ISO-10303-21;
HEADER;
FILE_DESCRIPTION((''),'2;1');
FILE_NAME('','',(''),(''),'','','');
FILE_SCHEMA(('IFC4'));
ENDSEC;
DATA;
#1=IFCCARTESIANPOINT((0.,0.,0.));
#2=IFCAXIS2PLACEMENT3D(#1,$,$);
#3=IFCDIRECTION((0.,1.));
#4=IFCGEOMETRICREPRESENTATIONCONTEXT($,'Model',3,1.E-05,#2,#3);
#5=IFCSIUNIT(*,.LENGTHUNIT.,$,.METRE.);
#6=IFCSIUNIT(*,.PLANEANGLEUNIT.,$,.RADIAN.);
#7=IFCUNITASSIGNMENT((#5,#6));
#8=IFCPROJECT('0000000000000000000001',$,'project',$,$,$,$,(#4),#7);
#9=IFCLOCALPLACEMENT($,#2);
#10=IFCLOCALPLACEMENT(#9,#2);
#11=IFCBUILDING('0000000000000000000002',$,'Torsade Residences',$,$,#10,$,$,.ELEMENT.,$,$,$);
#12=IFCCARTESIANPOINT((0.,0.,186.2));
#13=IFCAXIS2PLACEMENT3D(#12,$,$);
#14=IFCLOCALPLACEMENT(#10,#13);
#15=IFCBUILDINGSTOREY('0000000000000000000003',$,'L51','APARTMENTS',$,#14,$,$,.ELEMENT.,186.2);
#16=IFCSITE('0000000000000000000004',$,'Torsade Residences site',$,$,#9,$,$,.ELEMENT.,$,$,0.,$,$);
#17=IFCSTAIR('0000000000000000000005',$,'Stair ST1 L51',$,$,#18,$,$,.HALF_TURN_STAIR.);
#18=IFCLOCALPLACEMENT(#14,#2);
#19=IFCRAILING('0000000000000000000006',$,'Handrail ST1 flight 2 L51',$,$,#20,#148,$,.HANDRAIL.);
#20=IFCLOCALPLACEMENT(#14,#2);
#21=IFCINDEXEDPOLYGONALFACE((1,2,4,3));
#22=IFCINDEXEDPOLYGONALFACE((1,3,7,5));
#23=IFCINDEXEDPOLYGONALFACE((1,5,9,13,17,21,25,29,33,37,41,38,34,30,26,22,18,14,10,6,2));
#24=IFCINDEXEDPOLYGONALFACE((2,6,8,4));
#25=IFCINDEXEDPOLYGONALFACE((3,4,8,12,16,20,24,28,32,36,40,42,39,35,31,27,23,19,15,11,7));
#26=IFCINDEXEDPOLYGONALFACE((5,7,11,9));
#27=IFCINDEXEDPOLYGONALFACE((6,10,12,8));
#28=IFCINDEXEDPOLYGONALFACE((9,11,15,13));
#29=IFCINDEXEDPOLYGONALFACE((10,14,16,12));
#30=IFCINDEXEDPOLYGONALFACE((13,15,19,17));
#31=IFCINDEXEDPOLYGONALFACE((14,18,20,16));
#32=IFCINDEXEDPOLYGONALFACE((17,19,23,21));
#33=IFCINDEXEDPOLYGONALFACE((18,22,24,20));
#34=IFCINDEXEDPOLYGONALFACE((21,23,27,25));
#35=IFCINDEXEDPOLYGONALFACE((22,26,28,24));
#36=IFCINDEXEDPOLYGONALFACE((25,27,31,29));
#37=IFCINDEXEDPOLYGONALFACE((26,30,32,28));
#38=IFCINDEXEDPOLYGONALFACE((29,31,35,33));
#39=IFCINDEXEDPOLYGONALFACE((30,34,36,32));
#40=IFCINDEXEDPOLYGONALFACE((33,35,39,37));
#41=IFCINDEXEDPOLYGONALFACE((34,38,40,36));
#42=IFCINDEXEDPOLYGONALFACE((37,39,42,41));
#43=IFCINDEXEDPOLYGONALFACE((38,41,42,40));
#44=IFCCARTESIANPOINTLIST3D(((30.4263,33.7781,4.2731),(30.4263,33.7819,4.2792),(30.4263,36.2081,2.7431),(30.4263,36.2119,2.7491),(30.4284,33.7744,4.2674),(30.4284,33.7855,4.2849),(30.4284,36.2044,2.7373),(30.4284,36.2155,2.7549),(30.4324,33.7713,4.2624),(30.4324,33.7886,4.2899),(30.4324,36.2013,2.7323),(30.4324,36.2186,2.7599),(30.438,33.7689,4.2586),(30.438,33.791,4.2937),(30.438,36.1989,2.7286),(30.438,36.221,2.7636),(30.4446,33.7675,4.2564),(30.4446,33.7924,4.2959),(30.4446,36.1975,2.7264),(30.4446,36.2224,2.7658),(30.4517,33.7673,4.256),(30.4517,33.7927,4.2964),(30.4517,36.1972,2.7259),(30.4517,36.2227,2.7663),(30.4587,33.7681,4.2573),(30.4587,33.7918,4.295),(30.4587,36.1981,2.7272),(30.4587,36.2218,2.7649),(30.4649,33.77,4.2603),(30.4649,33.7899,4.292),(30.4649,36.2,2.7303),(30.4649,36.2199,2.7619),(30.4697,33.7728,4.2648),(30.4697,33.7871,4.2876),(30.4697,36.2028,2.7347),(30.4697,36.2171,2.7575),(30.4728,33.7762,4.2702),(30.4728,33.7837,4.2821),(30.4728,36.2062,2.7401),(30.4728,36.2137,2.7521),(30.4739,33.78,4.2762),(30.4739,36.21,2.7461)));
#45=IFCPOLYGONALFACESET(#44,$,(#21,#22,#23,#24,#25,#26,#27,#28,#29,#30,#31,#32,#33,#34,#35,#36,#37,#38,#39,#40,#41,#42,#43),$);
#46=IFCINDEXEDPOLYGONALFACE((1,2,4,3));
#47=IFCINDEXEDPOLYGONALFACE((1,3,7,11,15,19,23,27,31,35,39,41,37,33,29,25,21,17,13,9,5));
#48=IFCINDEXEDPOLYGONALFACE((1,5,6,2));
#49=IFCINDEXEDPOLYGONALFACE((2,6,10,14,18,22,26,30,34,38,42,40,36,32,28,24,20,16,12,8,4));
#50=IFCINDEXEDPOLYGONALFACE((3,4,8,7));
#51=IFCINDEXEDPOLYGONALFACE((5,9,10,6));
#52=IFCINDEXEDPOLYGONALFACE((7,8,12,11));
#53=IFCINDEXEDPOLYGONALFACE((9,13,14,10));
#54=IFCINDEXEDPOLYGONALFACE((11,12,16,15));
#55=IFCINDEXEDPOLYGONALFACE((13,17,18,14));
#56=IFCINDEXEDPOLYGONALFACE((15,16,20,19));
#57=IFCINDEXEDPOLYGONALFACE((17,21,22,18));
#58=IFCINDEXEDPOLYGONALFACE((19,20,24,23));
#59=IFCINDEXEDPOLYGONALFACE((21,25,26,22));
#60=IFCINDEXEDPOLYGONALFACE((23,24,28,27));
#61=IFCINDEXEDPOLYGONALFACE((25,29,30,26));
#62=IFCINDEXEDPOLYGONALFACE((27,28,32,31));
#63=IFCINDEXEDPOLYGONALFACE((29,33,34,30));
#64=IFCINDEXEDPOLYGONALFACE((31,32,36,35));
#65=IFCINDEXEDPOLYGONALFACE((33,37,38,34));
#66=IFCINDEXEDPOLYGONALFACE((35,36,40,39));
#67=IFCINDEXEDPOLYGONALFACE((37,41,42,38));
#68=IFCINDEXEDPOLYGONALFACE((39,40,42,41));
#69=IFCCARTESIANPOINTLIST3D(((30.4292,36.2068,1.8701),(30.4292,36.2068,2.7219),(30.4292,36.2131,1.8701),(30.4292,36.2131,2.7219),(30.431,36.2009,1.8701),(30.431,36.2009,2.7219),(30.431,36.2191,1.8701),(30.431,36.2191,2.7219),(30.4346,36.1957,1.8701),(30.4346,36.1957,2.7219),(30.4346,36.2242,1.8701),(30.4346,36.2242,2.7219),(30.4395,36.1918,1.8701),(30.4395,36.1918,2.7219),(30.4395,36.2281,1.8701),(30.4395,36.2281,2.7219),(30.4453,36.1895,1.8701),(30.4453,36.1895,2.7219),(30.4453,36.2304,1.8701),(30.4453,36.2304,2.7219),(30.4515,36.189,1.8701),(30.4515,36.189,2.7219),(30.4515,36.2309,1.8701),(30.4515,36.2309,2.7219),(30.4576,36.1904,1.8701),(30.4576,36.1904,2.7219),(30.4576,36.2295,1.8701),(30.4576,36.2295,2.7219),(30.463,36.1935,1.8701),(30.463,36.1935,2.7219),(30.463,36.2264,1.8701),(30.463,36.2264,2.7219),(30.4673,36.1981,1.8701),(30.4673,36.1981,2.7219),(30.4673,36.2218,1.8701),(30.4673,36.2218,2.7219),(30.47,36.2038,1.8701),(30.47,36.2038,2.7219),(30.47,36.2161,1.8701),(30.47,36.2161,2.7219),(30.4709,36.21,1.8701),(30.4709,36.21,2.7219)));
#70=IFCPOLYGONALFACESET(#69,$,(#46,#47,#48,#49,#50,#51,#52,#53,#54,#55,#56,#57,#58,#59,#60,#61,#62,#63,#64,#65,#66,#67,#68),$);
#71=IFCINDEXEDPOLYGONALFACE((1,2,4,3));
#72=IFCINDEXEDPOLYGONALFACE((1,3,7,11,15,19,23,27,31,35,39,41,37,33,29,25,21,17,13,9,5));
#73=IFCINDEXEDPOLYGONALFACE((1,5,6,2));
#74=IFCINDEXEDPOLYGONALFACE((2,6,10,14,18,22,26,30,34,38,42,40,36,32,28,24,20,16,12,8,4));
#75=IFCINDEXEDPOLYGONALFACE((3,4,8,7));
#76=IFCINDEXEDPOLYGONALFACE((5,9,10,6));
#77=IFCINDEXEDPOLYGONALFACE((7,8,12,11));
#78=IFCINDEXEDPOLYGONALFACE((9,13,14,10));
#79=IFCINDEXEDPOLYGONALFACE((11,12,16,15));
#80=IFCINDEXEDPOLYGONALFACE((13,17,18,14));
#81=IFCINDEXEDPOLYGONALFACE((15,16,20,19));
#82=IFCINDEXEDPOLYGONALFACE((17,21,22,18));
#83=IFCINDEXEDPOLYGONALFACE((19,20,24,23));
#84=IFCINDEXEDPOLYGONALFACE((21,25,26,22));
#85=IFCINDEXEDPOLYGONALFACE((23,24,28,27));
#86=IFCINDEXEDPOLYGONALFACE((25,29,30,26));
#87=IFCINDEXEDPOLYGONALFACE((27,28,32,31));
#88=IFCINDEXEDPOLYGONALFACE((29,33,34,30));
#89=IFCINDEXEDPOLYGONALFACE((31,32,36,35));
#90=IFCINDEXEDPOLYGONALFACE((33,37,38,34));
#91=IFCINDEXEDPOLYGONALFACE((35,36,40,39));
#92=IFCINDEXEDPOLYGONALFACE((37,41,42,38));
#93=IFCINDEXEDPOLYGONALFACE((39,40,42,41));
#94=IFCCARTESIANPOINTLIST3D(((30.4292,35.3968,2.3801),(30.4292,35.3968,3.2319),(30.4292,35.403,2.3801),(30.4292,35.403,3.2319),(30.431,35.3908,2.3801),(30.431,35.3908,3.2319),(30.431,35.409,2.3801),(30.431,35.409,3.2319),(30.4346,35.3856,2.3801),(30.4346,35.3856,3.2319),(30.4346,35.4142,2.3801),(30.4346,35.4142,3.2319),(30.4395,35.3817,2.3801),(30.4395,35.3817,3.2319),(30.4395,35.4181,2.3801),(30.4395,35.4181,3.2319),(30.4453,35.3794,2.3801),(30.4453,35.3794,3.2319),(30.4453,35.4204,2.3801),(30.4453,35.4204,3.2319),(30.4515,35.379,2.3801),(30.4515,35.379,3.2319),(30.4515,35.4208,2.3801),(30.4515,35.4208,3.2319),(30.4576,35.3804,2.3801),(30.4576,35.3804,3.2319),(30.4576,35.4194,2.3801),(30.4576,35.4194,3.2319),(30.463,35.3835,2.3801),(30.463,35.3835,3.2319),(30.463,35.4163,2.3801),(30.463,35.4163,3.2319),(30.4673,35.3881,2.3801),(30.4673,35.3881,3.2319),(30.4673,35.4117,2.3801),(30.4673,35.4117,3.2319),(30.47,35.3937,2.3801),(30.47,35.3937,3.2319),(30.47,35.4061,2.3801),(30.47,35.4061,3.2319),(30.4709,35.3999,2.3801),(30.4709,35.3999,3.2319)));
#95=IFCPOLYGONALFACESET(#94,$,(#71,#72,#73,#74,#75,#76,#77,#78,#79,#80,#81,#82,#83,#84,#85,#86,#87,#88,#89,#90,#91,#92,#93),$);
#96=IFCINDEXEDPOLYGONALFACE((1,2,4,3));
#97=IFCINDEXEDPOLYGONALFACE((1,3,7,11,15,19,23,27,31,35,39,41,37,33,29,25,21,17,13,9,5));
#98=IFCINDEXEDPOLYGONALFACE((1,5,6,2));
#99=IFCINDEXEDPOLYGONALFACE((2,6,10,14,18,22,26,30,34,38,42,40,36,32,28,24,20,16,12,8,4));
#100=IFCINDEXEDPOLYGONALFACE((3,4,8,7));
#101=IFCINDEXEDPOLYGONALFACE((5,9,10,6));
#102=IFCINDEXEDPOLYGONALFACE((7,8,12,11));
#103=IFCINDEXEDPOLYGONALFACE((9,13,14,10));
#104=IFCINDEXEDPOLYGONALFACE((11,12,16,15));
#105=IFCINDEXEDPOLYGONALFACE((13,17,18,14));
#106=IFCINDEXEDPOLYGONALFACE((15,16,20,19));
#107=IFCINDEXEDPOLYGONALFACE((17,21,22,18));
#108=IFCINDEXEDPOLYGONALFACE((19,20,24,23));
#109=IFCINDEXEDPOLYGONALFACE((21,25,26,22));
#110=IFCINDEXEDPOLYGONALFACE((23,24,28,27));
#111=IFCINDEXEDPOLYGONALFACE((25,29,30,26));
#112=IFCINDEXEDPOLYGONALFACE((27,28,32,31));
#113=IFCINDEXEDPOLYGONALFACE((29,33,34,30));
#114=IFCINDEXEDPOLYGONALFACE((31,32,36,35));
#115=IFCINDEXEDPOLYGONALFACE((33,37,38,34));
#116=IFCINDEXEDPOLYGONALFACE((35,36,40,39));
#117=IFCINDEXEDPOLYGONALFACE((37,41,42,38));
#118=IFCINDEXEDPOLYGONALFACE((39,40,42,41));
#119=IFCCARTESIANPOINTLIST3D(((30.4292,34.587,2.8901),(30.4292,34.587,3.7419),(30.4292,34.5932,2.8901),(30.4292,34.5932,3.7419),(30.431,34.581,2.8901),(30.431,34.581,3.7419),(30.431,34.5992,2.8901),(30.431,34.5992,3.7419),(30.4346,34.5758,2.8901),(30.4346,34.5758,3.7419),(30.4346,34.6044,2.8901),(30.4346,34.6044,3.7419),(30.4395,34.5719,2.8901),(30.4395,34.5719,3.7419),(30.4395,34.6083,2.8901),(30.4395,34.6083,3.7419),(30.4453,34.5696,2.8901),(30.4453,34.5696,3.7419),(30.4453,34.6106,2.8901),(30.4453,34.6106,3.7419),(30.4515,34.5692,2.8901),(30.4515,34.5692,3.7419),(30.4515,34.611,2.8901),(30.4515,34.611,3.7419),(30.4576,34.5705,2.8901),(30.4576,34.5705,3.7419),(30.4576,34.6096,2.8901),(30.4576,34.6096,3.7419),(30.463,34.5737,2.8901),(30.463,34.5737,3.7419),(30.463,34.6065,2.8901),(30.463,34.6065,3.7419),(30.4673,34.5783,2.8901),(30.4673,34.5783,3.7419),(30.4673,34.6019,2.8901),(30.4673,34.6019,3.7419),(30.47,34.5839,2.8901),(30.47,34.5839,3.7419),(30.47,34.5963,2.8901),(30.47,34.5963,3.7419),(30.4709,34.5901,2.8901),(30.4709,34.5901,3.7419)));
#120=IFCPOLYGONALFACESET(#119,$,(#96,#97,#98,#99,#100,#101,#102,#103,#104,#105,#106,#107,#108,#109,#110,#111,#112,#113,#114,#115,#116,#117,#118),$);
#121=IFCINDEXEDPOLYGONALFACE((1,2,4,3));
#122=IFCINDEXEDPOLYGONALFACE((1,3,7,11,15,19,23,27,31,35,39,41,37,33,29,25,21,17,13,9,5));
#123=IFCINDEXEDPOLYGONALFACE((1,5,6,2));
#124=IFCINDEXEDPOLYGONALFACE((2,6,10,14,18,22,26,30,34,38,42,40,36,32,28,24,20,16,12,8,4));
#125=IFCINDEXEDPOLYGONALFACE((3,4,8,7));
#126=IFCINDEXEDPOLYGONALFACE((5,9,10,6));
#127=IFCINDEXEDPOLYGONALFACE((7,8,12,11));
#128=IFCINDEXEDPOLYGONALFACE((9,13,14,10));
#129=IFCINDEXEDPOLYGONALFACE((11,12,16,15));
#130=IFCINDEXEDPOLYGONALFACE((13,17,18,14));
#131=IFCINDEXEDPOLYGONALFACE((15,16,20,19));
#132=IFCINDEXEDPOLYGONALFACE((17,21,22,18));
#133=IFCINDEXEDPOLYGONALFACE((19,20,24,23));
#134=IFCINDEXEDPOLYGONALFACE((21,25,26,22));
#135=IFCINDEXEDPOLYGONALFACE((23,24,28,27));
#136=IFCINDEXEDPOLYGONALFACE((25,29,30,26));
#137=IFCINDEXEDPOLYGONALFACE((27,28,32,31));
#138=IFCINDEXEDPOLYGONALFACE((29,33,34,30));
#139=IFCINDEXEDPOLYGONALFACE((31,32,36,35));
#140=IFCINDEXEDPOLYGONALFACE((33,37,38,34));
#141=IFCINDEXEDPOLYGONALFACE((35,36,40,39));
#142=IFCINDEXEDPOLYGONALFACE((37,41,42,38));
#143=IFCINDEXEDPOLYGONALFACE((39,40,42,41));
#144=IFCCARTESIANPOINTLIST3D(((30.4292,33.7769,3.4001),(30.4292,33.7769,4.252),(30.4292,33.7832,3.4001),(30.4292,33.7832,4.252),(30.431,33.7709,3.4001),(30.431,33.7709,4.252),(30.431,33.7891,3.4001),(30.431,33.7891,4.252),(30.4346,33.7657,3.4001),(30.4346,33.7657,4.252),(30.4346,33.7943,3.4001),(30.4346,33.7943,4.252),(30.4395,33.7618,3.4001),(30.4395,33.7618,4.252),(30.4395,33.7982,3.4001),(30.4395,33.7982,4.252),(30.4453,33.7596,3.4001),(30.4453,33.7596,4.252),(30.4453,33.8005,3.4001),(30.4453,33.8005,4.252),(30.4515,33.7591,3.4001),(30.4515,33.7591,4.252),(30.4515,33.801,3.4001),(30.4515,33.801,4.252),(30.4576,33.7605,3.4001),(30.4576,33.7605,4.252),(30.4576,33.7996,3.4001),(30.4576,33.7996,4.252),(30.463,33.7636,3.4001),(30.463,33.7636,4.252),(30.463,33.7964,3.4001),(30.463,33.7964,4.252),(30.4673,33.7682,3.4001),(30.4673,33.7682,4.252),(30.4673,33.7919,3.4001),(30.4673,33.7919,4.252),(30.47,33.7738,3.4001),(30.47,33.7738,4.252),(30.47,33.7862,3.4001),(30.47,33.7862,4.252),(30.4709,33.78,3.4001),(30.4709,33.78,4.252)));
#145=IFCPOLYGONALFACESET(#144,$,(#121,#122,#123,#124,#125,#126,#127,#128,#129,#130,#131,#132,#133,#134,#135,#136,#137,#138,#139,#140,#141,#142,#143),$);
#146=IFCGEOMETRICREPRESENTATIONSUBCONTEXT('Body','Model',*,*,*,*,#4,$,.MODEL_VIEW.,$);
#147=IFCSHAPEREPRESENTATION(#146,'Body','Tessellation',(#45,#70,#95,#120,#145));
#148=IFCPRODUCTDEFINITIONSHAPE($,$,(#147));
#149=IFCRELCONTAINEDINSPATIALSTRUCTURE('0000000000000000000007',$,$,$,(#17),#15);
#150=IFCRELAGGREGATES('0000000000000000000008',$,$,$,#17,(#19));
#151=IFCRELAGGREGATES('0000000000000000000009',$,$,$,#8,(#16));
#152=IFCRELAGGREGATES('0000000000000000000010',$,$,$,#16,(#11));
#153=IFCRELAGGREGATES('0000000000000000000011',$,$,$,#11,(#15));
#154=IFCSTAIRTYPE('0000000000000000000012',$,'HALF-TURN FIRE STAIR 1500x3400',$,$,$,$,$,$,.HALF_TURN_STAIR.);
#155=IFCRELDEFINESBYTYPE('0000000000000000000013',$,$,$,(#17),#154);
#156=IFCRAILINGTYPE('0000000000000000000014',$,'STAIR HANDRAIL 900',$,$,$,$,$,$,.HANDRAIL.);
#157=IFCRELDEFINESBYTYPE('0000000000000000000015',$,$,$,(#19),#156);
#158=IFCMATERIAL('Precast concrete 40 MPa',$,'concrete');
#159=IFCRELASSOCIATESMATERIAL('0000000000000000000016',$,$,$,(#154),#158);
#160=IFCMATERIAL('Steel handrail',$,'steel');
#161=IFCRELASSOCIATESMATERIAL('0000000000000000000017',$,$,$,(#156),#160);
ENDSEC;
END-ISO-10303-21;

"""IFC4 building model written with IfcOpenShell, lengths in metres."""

from ifc_helpers import new_model, si_unit, direction, frame, origin, origin_2d, place, context, subcontext, project, spatial, circle, extrude, material, type_object, element, aggregate, save


model = new_model("IFC4")

# Units and contexts
model_context = context("Model", 3, precision=1e-05, world=origin(), true_north=direction((0.0, 1.0)))
body_context = subcontext(model_context, "Body", "Model", "MODEL_VIEW")
ifc_project = project(units=[si_unit("LENGTHUNIT", "METRE"), si_unit("PLANEANGLEUNIT", "RADIAN")], contexts=[model_context])

# Site, building, storey
site_placement = place(None, origin())
site = spatial("IfcSite", under=ifc_project, at=site_placement, Name="Torsade Residences site", CompositionType="ELEMENT", RefElevation=0.0)
building_placement = place(site_placement, origin())
building = spatial("IfcBuilding", under=site, at=building_placement, Name="Torsade Residences", CompositionType="ELEMENT")
storey_placement = place(building_placement, frame((0.0, 0.0, 186.2)))
storey = spatial("IfcBuildingStorey", under=building, at=storey_placement, Name="L51", Description="APARTMENTS", CompositionType="ELEMENT", Elevation=186.2)

# Stair, railing
ifc_material_1 = material(Name="Precast concrete 40 MPa", Category="concrete")
stair_type = type_object("IfcStairType", Name="HALF-TURN FIRE STAIR 1500x3400", PredefinedType="HALF_TURN_STAIR", material=ifc_material_1)
stair_placement = place(storey_placement, origin())
stair = element("IfcStair", 1, at=stair_placement, inside=storey, type_object=stair_type, Name="Stair ST1 L51", PredefinedType="HALF_TURN_STAIR")
ifc_material_2 = material(Name="Steel handrail", Category="steel")
railing_type = type_object("IfcRailingType", Name="STAIR HANDRAIL 900", PredefinedType="HANDRAIL", material=ifc_material_2)
railing_1_placement = place(storey_placement, frame((30.45, 36.21, 1.8701)))
railing_1 = element("IfcRailing", 2, at=railing_1_placement, type_object=railing_type, Name="Handrail ST1 flight 2 L51", PredefinedType="HANDRAIL", context=body_context, shape_type="SweptSolid", body=[
    extrude(circle(Radius=0.0239, at=origin_2d()), frame((0.0, 0.0, 0.876), z_axis=(0.0, -0.846221, 0.532831), x_axis=(1.0, 0.0, 0.0)), (0.0, 0.0, 1.0), 2.8716),
    extrude(circle(Radius=0.021, at=origin_2d()), origin(), (0.0, 0.0, 1.0), 0.8518),
    extrude(circle(Radius=0.021, at=origin_2d()), frame((0.0, -0.8101, 0.51)), (0.0, 0.0, 1.0), 0.8518),
    extrude(circle(Radius=0.021, at=origin_2d()), frame((0.0, -1.6199, 1.02)), (0.0, 0.0, 1.0), 0.8518),
    extrude(circle(Radius=0.021, at=origin_2d()), frame((0.0, -2.4299, 1.53)), (0.0, 0.0, 1.0), 0.8518),
])
aggregate(stair, [railing_1])

save(model, "model.ifc")
